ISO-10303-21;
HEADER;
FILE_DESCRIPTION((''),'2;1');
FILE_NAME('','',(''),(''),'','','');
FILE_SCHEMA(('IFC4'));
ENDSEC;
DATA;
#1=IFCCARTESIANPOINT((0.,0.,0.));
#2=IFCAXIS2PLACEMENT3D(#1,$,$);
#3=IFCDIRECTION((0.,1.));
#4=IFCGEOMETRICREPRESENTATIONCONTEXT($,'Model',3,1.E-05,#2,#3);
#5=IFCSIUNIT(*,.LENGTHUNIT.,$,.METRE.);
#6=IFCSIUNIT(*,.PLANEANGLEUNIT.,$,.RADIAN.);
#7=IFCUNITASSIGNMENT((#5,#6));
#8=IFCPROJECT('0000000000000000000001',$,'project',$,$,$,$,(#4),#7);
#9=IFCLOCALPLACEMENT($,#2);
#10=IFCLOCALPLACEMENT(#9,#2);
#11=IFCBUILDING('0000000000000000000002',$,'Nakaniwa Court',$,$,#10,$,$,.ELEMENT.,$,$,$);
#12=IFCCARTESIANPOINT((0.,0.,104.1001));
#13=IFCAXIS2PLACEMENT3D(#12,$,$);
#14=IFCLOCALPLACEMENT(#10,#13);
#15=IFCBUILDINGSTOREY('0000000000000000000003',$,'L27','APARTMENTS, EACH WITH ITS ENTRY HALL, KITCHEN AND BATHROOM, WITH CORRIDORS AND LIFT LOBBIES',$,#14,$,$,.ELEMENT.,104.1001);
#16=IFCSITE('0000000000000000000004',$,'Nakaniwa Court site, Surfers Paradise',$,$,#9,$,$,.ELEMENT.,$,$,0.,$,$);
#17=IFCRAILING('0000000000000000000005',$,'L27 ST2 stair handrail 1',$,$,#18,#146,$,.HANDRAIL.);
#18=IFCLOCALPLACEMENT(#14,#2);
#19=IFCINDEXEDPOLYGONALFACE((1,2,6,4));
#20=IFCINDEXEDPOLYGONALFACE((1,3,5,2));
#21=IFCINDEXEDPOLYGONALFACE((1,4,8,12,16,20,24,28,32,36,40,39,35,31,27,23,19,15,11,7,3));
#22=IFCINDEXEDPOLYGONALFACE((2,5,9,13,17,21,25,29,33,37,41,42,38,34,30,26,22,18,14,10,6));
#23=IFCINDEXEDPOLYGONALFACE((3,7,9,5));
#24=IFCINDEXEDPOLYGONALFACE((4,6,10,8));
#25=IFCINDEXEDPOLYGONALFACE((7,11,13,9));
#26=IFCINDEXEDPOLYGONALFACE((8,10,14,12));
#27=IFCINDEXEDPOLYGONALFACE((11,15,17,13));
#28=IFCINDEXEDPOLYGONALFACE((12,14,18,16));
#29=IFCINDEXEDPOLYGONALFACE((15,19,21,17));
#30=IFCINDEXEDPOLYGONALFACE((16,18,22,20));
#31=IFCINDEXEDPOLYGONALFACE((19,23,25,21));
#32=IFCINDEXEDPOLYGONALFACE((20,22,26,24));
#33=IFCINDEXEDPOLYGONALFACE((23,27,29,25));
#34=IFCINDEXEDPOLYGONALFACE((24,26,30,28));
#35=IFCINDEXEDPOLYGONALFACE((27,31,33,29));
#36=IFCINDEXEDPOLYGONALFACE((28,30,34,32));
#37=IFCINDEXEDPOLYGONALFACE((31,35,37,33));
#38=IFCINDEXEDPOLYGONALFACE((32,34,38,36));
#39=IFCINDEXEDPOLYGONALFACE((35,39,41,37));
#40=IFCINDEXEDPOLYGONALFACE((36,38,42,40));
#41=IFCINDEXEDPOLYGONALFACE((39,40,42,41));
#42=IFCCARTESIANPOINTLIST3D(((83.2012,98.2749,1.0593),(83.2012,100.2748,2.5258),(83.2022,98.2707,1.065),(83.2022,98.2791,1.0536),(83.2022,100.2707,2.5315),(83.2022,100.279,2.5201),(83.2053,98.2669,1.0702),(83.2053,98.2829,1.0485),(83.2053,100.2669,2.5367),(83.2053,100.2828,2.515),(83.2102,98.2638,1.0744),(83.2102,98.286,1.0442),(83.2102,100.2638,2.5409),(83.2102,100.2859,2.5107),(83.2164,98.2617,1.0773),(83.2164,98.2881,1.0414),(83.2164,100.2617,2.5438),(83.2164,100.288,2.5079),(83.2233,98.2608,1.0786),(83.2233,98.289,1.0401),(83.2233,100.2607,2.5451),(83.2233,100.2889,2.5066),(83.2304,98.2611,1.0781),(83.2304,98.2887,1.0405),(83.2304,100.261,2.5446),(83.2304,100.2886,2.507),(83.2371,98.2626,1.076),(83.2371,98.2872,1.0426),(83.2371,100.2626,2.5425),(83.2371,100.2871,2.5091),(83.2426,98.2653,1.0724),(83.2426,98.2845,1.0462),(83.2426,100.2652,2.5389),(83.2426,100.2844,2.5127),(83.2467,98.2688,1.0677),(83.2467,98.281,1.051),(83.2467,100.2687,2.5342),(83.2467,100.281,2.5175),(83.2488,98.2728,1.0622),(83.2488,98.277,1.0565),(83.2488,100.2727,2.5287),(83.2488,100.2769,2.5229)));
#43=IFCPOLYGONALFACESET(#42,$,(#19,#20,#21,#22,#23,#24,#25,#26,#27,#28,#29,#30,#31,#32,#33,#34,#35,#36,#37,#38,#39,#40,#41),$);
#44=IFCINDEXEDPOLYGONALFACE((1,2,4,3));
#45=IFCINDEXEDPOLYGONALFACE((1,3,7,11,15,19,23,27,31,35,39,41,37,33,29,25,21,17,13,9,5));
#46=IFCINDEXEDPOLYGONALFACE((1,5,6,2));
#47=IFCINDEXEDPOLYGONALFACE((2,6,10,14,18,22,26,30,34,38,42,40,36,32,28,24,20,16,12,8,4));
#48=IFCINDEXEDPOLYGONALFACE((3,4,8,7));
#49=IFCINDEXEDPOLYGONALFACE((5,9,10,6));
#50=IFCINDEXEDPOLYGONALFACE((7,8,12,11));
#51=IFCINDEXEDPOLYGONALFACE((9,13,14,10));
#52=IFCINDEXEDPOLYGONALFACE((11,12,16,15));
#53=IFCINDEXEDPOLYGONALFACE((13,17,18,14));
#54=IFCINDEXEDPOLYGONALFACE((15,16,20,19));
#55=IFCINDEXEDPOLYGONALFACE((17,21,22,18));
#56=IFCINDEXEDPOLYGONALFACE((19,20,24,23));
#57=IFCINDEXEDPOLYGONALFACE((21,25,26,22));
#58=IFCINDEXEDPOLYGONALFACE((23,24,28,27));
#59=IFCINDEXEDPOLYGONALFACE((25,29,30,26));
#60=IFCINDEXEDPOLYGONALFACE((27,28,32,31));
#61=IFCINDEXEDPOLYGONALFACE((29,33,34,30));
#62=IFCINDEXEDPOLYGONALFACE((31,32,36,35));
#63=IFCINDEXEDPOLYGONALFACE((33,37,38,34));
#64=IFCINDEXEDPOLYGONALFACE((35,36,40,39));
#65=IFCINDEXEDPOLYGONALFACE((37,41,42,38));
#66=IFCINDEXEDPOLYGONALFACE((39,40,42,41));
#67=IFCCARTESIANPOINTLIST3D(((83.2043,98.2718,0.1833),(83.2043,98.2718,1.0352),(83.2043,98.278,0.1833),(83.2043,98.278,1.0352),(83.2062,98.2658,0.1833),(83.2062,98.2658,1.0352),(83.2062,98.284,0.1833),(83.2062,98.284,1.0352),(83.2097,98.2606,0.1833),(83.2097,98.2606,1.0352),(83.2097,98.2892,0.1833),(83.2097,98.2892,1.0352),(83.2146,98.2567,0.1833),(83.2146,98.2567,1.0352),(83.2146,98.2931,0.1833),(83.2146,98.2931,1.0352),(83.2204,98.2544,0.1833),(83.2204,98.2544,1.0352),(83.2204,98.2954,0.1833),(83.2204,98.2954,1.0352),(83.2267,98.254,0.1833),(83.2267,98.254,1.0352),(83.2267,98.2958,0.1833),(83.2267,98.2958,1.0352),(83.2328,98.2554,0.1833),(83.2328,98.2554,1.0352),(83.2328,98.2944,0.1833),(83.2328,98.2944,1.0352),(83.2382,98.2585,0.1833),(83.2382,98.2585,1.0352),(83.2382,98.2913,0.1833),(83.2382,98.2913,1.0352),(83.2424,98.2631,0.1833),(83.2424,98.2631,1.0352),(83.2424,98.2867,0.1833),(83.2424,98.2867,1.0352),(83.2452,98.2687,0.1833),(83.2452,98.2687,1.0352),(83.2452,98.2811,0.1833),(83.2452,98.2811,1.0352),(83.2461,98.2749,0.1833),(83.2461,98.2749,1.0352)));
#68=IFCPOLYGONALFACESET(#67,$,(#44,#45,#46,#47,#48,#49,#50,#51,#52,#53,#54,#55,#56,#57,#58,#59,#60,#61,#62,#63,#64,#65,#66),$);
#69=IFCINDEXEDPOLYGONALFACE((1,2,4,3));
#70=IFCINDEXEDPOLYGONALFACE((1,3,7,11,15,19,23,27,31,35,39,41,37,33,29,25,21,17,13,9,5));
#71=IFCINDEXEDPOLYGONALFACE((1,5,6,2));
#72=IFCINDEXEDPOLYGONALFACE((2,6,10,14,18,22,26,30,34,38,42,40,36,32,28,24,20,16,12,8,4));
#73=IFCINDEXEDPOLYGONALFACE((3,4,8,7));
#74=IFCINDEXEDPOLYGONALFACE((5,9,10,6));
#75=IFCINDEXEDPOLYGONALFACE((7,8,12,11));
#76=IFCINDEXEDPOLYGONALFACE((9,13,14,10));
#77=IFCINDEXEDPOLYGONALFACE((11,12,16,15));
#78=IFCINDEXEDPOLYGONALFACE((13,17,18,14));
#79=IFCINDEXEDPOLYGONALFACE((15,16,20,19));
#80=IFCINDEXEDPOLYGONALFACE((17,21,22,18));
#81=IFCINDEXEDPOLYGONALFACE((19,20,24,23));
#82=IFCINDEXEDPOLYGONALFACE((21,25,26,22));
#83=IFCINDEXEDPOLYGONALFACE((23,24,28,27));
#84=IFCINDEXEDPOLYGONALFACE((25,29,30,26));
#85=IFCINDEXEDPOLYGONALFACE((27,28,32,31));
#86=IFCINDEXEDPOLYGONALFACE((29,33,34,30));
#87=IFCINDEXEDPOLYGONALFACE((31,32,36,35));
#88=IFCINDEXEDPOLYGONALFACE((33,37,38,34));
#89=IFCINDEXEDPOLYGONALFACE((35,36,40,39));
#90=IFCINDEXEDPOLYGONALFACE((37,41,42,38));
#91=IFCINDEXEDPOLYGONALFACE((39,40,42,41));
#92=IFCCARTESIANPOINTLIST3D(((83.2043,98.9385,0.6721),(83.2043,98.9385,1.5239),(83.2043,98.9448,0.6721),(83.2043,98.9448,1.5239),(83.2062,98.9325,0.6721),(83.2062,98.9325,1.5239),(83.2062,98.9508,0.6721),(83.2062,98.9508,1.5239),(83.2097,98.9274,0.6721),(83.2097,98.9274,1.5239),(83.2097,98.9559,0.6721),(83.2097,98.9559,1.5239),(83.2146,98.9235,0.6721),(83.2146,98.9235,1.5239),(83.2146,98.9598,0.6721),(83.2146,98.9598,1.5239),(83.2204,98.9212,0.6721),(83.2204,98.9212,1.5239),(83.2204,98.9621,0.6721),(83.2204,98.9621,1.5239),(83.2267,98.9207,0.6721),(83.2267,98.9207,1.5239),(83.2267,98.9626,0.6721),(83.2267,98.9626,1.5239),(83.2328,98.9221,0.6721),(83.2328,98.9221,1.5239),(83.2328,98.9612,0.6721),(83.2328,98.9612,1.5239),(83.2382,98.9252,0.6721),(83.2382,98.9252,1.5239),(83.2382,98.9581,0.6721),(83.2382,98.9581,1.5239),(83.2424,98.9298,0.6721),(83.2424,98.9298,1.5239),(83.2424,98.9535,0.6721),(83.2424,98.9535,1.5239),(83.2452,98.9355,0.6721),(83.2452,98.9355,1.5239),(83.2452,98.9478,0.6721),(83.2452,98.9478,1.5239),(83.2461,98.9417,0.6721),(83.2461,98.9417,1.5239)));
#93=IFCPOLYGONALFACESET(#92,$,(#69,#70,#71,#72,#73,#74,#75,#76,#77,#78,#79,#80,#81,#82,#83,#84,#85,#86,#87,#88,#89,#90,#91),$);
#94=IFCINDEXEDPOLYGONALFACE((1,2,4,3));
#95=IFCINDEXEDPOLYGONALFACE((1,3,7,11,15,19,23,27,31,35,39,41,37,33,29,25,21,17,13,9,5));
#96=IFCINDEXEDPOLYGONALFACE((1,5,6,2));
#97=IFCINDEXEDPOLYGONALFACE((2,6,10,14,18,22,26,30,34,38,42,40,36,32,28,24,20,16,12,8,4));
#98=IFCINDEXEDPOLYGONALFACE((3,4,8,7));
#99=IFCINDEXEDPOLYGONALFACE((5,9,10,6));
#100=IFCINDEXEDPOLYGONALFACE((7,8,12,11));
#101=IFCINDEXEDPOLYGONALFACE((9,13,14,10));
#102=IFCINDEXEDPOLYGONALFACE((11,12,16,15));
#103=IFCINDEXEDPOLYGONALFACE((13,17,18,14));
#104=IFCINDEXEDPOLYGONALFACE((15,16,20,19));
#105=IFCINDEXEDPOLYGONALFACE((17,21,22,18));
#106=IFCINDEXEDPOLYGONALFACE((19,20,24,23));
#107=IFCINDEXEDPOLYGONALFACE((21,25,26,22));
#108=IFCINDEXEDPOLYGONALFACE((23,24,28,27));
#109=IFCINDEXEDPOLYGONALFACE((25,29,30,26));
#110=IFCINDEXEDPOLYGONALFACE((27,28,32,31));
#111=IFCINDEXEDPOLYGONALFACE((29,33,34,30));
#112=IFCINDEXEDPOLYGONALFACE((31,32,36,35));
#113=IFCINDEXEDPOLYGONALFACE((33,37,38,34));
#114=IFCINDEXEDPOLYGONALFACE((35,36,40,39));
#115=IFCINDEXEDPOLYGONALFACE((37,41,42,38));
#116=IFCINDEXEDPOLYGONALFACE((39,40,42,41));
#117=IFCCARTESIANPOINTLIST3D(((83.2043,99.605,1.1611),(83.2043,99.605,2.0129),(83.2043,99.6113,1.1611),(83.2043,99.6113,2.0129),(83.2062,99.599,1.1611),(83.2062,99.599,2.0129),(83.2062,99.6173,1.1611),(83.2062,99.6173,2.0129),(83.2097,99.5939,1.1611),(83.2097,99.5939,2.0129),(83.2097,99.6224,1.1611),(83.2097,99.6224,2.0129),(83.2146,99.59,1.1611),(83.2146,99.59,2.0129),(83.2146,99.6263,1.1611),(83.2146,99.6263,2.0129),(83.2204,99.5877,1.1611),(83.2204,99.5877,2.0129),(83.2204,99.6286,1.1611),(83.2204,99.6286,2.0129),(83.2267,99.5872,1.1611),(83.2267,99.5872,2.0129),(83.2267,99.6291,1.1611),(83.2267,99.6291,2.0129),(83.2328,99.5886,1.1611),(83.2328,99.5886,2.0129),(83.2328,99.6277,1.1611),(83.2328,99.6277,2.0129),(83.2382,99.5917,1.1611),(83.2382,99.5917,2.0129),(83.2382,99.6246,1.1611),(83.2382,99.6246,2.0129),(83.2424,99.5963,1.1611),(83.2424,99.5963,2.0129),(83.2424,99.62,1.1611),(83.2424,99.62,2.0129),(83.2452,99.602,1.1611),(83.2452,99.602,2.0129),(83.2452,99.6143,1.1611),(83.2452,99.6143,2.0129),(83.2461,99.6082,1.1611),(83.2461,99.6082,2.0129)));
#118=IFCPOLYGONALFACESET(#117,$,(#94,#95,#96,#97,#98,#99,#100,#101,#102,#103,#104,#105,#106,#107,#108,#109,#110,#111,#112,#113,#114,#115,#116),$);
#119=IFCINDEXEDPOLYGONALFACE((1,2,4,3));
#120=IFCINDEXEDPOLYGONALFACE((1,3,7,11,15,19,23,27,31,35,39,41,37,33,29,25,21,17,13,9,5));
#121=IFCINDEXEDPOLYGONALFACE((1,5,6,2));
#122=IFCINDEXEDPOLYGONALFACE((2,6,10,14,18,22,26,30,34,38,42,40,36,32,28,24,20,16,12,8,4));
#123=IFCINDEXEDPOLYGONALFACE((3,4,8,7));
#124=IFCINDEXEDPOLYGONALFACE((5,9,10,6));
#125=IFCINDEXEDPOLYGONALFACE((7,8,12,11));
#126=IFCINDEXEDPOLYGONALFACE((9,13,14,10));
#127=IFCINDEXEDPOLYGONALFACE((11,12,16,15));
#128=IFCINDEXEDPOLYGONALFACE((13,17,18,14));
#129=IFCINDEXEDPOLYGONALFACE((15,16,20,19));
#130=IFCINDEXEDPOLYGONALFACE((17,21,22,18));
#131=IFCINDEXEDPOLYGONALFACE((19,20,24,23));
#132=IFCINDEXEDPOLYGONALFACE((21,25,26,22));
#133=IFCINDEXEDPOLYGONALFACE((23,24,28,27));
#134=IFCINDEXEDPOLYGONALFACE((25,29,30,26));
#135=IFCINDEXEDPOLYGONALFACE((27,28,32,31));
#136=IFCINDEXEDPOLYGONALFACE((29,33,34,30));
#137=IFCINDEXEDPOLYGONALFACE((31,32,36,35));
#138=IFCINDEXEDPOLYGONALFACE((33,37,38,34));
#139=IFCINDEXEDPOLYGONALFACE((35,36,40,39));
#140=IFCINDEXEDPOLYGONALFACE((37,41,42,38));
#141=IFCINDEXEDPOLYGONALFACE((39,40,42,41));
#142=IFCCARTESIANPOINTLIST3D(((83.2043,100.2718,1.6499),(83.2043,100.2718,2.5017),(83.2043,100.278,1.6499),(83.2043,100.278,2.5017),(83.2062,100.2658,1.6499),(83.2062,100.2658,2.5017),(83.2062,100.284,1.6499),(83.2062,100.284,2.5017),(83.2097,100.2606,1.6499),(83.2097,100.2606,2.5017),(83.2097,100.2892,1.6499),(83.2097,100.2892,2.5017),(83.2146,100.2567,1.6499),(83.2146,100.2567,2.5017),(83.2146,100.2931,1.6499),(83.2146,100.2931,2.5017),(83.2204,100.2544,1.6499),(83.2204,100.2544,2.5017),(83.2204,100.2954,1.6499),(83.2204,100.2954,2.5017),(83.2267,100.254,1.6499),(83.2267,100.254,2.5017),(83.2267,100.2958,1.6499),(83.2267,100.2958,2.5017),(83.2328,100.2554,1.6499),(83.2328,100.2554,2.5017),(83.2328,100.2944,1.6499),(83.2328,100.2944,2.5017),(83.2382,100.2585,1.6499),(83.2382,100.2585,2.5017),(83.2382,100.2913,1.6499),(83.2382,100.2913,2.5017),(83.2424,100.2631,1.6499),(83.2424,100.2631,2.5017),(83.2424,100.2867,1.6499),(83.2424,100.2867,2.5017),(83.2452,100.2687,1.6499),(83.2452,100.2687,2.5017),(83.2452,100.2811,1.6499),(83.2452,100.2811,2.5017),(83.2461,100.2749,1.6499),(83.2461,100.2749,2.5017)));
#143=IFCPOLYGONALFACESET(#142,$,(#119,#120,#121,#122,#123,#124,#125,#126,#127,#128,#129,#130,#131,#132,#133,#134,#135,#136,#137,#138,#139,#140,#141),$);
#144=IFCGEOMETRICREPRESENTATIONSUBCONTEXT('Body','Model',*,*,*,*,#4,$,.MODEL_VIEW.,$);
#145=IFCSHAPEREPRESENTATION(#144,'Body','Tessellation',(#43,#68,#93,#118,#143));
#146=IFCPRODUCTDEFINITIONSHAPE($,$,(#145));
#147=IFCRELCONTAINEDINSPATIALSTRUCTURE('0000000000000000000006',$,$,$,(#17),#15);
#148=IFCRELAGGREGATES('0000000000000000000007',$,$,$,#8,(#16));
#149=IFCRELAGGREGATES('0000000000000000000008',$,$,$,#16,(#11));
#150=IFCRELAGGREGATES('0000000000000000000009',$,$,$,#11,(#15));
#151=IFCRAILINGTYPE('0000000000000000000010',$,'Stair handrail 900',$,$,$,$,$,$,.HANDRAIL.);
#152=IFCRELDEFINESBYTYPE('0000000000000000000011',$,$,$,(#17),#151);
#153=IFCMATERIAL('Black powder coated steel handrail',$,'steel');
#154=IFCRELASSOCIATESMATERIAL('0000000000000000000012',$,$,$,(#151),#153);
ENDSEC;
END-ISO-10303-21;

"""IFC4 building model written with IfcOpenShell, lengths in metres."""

from ifc_helpers import new_model, si_unit, direction, frame, origin, origin_2d, place, context, subcontext, project, spatial, circle, extrude, material, type_object, element, save


model = new_model("IFC4")

# Units and contexts
model_context = context("Model", 3, precision=1e-05, world=origin(), true_north=direction((0.0, 1.0)))
body_context = subcontext(model_context, "Body", "Model", "MODEL_VIEW")
ifc_project = project(units=[si_unit("LENGTHUNIT", "METRE"), si_unit("PLANEANGLEUNIT", "RADIAN")], contexts=[model_context])

# Site, building, storey
site_placement = place(None, origin())
site = spatial("IfcSite", under=ifc_project, at=site_placement, Name="Nakaniwa Court site, Surfers Paradise", CompositionType="ELEMENT", RefElevation=0.0)
building_placement = place(site_placement, origin())
building = spatial("IfcBuilding", under=site, at=building_placement, Name="Nakaniwa Court", CompositionType="ELEMENT")
storey_placement = place(building_placement, frame((0.0, 0.0, 104.1001)))
storey = spatial("IfcBuildingStorey", under=building, at=storey_placement, Name="L27", Description="APARTMENTS, EACH WITH ITS ENTRY HALL, KITCHEN AND BATHROOM, WITH CORRIDORS AND LIFT LOBBIES", CompositionType="ELEMENT", Elevation=104.1001)

# Railing
ifc_material_1 = material(Name="Black powder coated steel handrail", Category="steel")
railing_type_1 = type_object("IfcRailingType", Name="Stair handrail 900", PredefinedType="HANDRAIL", material=ifc_material_1)
railing_1_placement = place(storey_placement, frame((83.2251, 98.2749, 0.1833)))
element("IfcRailing", 1, at=railing_1_placement, inside=storey, type_object=railing_type_1, Name="L27 ST2 stair handrail 1", PredefinedType="HANDRAIL", context=body_context, shape_type="SweptSolid", body=[
    extrude(circle(Radius=0.0239, at=origin_2d()), frame((0.0, 0.0, 0.876), z_axis=(0.0, 0.806427, 0.591334), x_axis=(-1.0, 0.0, 0.0)), (0.0, 0.0, 1.0), 2.48),
    extrude(circle(Radius=0.021, at=origin_2d()), origin(), (0.0, 0.0, 1.0), 0.8518),
    extrude(circle(Radius=0.021, at=origin_2d()), frame((0.0, 0.6667, 0.4888)), (0.0, 0.0, 1.0), 0.8518),
    extrude(circle(Radius=0.021, at=origin_2d()), frame((0.0, 1.3333, 0.9778)), (0.0, 0.0, 1.0), 0.8518),
    extrude(circle(Radius=0.021, at=origin_2d()), frame((0.0, 2.0, 1.4666)), (0.0, 0.0, 1.0), 0.8518),
])

save(model, "model.ifc")
